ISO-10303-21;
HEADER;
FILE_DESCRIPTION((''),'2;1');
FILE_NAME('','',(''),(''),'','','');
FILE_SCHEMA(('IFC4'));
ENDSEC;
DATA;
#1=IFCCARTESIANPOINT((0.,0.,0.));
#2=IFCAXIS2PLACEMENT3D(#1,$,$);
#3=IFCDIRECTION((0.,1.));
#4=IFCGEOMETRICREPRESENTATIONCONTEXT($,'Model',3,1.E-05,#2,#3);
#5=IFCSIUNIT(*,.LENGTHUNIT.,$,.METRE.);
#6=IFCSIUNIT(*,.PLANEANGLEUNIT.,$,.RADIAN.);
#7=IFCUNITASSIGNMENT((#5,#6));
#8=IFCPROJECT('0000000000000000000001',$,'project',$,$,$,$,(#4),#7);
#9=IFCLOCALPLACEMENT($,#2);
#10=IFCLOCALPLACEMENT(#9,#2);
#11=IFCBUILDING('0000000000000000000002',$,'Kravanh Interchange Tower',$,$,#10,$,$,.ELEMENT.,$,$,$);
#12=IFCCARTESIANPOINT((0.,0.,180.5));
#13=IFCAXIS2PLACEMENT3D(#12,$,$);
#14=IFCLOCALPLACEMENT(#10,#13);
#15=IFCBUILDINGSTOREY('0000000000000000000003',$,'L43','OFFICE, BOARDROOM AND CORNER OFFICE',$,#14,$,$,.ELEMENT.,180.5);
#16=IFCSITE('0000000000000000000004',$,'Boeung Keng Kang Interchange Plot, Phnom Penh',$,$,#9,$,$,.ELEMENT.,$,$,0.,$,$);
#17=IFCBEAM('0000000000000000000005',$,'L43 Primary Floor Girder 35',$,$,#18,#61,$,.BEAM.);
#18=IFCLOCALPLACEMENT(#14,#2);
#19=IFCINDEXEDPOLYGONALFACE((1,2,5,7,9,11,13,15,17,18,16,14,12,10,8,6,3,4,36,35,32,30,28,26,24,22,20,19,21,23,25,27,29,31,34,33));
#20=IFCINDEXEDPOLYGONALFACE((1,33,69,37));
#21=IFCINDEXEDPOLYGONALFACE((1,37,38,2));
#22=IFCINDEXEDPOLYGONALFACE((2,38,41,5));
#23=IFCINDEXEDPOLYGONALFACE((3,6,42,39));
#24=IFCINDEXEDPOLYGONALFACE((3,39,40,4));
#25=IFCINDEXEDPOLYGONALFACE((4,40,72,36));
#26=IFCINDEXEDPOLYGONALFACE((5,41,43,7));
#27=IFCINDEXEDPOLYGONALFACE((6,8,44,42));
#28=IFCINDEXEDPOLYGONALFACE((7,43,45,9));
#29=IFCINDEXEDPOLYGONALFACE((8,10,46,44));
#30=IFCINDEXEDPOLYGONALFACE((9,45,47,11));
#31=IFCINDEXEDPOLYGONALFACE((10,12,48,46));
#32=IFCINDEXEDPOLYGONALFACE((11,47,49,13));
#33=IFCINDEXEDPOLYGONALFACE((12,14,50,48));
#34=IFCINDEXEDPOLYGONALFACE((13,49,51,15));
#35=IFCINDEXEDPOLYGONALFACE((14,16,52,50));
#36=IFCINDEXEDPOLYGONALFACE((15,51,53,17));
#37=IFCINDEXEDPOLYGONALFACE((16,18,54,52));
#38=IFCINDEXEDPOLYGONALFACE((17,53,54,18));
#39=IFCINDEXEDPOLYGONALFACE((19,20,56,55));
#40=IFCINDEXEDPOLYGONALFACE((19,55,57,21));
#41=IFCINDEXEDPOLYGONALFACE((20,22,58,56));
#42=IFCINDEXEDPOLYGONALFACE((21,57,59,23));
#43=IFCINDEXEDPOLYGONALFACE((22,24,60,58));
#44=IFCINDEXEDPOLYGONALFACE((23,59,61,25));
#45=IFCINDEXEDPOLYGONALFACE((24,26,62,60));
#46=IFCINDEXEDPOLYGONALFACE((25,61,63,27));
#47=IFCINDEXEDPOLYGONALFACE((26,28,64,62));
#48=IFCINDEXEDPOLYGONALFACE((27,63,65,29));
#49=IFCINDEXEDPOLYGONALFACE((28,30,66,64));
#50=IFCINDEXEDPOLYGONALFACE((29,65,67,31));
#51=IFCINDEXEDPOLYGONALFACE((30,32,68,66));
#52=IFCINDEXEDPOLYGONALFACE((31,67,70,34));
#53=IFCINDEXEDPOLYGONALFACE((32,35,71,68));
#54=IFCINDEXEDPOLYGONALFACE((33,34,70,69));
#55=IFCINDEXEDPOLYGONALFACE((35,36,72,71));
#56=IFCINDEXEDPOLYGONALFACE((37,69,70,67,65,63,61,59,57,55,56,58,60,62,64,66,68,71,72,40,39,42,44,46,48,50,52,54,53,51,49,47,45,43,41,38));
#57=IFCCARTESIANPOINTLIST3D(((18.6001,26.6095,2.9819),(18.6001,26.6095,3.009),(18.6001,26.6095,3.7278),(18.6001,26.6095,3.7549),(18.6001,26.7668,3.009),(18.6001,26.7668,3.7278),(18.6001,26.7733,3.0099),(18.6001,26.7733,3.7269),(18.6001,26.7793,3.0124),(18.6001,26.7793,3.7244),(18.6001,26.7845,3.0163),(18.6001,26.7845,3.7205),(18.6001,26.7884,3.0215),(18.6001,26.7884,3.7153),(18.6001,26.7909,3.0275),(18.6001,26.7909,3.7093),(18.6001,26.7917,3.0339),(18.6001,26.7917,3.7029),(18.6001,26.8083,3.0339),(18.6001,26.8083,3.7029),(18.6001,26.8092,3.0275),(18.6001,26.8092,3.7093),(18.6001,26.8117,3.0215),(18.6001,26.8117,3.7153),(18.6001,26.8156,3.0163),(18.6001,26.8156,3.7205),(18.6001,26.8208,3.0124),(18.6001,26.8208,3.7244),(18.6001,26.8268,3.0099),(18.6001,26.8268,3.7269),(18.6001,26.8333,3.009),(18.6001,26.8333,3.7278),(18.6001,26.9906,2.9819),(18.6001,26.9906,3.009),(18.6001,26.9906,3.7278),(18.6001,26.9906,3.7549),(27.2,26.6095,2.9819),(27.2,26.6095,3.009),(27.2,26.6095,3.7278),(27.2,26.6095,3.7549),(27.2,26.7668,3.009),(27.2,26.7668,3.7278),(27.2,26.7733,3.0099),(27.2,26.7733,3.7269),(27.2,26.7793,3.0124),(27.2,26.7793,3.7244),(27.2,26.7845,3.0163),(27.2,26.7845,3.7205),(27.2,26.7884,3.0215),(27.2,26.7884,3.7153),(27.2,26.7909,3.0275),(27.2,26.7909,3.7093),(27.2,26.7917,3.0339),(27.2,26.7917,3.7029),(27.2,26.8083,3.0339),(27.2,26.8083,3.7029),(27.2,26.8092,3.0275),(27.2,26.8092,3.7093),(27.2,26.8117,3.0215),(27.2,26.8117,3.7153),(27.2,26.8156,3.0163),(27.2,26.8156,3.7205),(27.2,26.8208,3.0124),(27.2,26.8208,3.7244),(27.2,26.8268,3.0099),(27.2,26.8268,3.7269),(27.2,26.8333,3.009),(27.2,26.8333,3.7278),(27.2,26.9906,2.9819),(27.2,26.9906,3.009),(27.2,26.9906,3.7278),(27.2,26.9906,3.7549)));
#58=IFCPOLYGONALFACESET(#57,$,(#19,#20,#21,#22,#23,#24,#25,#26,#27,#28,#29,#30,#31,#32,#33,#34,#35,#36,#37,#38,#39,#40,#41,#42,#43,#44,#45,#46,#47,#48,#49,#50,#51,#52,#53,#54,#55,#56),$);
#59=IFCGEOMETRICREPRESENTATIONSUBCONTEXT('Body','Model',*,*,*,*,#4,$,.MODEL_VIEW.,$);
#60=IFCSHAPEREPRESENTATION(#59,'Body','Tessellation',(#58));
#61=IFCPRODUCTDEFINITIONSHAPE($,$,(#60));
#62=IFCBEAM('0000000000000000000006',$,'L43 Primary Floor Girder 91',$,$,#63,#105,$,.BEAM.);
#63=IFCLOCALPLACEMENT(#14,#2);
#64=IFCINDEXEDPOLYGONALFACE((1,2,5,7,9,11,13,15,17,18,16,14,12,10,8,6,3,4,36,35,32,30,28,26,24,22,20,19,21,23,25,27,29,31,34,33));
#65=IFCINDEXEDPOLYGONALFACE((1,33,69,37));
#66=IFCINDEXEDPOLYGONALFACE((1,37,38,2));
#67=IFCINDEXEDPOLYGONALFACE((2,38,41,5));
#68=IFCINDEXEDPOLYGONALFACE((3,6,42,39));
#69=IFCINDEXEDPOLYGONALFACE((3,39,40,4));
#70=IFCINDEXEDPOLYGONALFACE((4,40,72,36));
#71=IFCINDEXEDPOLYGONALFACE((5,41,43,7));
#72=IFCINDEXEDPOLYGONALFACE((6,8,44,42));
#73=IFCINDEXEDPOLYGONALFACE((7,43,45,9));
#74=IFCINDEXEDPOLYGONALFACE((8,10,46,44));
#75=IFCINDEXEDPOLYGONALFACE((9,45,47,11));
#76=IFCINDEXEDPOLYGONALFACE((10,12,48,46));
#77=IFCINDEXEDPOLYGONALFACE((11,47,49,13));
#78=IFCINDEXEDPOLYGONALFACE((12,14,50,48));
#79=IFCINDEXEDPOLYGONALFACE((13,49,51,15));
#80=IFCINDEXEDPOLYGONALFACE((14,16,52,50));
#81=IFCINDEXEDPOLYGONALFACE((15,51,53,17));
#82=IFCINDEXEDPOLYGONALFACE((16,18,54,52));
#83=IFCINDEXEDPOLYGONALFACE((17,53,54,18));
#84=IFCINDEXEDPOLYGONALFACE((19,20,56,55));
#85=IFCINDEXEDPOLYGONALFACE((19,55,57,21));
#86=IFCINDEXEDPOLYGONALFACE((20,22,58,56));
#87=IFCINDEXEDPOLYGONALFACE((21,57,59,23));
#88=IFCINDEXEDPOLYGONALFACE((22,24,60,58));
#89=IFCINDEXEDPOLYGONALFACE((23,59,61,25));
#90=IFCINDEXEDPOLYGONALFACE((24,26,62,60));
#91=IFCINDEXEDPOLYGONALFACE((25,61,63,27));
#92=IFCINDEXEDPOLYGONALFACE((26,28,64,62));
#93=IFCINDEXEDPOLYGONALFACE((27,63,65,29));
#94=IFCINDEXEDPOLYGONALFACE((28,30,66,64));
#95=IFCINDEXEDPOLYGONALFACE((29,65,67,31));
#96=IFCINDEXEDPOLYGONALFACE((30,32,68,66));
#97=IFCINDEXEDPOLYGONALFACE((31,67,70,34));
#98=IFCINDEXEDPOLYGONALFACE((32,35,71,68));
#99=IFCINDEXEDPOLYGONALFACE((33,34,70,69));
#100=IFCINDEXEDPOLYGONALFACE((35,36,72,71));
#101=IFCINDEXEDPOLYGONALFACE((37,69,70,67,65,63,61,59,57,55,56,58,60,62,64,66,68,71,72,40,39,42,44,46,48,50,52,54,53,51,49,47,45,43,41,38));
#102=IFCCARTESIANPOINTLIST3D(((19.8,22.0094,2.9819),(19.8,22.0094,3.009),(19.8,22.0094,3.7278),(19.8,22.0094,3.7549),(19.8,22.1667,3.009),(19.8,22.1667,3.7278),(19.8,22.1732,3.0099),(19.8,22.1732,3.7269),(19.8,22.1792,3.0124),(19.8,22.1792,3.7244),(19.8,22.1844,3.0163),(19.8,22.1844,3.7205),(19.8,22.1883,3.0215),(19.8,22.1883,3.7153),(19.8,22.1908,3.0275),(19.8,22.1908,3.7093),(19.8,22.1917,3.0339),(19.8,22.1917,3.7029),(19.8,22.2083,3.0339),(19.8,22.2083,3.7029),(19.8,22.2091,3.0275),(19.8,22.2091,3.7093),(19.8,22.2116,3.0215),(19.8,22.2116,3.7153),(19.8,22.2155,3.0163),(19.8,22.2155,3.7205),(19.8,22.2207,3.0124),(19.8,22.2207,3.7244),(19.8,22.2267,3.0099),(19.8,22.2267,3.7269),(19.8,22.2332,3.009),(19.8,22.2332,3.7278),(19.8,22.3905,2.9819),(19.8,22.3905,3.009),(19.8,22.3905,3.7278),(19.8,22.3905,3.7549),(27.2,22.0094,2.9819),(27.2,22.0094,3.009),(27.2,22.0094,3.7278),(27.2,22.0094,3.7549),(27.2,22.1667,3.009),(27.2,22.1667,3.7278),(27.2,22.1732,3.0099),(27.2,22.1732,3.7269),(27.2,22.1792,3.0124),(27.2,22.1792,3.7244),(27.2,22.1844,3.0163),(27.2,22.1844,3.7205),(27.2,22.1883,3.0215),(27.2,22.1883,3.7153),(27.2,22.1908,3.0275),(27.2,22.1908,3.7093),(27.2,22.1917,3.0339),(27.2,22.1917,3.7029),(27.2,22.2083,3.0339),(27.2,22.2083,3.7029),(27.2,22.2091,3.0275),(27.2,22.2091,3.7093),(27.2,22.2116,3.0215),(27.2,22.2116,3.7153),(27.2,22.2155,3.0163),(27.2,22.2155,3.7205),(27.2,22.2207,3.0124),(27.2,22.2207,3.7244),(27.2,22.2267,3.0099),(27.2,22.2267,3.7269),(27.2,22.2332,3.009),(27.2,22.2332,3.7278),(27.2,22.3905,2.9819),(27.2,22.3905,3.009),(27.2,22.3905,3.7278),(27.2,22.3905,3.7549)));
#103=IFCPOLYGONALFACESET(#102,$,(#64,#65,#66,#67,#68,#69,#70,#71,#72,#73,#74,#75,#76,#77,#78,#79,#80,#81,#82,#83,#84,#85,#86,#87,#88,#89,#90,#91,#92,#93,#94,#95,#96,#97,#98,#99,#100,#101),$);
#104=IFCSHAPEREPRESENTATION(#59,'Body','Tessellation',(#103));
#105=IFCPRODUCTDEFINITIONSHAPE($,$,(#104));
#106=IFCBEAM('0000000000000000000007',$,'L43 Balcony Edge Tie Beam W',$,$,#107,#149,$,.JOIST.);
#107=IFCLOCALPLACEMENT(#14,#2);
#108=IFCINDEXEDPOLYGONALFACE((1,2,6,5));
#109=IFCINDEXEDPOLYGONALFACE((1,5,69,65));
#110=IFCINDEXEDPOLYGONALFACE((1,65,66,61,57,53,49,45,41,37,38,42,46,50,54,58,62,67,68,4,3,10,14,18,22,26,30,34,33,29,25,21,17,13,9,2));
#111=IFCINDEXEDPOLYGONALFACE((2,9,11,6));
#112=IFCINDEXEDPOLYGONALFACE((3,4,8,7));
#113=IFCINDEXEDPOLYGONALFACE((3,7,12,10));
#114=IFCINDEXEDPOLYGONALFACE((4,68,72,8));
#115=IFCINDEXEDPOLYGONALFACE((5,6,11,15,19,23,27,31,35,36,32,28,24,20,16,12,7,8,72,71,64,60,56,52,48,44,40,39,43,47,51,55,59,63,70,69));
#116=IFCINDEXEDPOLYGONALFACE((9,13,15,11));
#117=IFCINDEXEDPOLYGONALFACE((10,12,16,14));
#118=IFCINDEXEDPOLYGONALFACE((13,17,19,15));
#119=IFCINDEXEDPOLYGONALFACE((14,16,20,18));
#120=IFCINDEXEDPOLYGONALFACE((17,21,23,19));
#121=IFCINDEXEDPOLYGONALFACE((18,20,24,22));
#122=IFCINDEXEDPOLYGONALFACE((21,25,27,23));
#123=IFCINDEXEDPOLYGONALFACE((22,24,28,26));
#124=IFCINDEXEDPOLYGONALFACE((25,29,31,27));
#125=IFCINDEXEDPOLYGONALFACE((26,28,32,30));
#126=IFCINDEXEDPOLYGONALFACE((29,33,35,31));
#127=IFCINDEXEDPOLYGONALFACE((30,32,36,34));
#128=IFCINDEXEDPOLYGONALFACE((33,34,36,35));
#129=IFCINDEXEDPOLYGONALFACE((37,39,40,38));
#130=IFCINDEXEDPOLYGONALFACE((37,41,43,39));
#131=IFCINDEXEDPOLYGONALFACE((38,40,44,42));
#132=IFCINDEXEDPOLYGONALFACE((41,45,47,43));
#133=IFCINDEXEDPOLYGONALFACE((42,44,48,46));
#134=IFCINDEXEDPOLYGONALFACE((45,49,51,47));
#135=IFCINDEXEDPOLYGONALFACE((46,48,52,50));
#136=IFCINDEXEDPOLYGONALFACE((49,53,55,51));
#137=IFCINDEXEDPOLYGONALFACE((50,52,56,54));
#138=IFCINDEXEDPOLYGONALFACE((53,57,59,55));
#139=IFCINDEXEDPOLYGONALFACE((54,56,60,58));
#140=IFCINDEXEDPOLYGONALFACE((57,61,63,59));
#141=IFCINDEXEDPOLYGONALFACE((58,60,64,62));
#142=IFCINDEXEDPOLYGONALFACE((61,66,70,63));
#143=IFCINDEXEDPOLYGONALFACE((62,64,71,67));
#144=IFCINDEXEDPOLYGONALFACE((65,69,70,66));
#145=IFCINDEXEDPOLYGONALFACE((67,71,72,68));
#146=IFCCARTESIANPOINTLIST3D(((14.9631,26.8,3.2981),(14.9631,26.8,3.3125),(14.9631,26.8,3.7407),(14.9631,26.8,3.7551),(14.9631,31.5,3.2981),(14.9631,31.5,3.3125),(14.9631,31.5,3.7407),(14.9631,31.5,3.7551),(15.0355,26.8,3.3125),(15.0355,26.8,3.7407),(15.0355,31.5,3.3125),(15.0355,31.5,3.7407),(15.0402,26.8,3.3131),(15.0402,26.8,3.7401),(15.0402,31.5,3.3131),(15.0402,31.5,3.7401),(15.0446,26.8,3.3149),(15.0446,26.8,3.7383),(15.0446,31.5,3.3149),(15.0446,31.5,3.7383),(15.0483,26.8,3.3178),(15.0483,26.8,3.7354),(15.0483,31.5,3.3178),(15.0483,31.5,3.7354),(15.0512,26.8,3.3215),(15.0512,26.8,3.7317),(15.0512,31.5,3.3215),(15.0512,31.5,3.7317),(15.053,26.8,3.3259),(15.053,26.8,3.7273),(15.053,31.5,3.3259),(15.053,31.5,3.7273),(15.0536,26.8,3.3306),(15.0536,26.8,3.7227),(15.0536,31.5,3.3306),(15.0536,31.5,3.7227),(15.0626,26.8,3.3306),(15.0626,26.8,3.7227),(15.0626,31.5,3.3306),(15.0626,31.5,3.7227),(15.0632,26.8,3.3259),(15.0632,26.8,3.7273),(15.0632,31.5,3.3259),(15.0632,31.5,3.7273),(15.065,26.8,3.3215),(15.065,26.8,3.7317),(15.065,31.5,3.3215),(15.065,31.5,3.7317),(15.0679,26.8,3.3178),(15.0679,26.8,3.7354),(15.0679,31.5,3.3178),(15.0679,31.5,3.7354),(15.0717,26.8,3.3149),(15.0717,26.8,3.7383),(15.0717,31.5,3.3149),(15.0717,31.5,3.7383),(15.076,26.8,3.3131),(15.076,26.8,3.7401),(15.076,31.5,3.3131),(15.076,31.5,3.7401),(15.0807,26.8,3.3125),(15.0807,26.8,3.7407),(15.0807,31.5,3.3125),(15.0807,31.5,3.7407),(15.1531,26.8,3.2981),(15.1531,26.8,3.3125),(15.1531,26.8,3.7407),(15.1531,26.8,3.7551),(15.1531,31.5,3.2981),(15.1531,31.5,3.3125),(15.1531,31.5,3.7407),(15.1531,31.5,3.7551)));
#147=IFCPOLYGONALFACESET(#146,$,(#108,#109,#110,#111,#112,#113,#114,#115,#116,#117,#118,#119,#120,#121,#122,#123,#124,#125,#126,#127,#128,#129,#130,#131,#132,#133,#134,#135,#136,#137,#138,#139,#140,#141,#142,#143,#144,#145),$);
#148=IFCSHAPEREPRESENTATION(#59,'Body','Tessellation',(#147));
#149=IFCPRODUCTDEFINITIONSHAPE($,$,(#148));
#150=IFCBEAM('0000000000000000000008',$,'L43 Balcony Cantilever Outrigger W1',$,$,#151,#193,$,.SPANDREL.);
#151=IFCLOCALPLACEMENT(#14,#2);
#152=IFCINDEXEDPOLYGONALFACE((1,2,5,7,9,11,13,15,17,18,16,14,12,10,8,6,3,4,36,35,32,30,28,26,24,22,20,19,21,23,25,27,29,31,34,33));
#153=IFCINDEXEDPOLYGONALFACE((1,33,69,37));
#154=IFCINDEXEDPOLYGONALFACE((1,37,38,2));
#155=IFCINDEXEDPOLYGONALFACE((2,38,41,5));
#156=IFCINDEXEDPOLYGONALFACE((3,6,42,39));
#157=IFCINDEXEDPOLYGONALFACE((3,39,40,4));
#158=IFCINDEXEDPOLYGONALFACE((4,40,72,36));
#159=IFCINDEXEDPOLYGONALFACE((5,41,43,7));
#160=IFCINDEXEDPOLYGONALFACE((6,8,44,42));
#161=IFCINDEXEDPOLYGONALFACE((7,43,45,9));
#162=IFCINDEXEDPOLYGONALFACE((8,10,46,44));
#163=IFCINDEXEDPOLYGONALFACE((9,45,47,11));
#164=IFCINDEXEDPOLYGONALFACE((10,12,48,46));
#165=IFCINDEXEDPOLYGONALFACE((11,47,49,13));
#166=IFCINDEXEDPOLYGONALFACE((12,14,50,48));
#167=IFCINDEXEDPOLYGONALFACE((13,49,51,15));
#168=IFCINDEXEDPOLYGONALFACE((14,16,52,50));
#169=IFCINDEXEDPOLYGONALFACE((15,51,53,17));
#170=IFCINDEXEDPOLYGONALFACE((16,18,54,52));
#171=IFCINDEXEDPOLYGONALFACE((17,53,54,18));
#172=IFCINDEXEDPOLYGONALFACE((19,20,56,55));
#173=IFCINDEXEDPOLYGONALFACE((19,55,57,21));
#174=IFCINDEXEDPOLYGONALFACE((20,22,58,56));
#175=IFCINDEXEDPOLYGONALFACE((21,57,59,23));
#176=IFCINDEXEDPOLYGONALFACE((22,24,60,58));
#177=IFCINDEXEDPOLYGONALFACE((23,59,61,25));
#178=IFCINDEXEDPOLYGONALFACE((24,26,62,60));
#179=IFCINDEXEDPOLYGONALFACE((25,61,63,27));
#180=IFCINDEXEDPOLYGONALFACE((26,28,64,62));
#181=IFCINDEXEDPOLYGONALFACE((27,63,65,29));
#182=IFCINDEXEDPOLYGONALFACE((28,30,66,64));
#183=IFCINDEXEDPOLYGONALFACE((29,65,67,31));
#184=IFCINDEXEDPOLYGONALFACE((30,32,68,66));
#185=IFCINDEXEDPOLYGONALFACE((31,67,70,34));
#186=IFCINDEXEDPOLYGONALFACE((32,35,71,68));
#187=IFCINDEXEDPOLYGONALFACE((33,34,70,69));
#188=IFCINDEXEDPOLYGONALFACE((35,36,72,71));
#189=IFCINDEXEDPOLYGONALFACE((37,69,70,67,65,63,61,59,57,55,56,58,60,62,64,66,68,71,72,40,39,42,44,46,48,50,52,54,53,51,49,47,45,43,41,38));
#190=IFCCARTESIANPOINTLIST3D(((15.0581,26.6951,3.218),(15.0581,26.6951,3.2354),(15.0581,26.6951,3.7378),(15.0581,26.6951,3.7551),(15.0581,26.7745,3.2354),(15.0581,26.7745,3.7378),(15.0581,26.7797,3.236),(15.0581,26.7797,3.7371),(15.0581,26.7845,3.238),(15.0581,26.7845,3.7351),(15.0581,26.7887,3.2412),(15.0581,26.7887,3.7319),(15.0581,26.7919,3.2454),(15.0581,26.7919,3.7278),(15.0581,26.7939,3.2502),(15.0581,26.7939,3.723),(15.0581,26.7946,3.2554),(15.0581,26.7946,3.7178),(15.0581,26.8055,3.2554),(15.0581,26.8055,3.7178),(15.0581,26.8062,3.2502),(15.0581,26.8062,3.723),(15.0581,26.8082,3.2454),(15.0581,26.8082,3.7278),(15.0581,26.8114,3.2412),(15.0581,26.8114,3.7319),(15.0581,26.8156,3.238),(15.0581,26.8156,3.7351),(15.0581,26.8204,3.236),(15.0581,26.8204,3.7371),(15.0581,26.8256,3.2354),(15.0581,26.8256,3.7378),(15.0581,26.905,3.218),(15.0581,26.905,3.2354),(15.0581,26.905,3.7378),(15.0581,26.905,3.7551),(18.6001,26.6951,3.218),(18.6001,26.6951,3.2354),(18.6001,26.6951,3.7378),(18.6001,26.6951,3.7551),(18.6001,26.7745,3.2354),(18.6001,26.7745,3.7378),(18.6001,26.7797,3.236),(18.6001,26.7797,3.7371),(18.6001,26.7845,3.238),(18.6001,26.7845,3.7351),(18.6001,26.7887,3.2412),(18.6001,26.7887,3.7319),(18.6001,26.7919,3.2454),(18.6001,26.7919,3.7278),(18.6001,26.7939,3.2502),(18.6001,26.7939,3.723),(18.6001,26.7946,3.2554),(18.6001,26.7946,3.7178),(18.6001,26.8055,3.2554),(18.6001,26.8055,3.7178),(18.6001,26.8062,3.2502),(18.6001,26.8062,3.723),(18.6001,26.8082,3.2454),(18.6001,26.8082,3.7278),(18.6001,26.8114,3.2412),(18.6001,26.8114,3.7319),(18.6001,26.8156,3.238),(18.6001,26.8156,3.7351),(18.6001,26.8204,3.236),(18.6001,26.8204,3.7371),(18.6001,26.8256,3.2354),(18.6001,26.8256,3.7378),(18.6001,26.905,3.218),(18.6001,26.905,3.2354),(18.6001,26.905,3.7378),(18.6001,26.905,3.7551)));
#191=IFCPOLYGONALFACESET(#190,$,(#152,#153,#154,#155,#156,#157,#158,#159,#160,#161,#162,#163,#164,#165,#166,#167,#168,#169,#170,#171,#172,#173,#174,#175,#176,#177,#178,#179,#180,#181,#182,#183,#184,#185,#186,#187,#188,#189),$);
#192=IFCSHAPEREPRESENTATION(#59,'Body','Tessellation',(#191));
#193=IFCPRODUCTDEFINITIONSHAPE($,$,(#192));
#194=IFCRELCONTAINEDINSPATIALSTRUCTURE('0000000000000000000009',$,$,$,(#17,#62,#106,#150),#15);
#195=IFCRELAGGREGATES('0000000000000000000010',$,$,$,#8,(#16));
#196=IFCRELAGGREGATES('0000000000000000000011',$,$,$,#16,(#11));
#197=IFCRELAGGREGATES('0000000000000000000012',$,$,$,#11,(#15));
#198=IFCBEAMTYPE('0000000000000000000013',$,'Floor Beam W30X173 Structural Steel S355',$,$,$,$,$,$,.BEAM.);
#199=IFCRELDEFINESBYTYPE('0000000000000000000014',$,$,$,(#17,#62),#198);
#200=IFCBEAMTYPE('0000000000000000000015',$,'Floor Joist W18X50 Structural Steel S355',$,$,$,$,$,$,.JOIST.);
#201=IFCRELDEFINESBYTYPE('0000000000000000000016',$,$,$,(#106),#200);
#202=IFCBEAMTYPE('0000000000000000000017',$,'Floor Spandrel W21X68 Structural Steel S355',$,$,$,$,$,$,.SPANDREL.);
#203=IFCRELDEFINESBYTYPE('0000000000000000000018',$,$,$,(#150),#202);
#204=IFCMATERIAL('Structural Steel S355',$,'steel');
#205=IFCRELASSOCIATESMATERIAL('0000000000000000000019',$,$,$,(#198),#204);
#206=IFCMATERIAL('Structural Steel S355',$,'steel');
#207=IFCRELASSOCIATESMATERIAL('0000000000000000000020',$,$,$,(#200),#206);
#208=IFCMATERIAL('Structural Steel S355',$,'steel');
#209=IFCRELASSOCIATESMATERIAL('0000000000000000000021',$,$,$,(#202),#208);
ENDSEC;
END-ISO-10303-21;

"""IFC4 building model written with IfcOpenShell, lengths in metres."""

from ifc_helpers import new_model, si_unit, direction, frame, origin, origin_2d, place, context, subcontext, project, spatial, i_section, extrude, material, material_profile, profile_set, type_object, element, save


model = new_model("IFC4")

# Units and contexts
model_context = context("Model", 3, precision=1e-05, world=origin(), true_north=direction((0.0, 1.0)))
body_context = subcontext(model_context, "Body", "Model", "MODEL_VIEW")
ifc_project = project(units=[si_unit("LENGTHUNIT", "METRE"), si_unit("PLANEANGLEUNIT", "RADIAN")], contexts=[model_context])

# Site, building, storey
site_placement = place(None, origin())
site = spatial("IfcSite", under=ifc_project, at=site_placement, Name="Boeung Keng Kang Interchange Plot, Phnom Penh", CompositionType="ELEMENT", RefElevation=0.0)
building_placement = place(site_placement, origin())
building = spatial("IfcBuilding", under=site, at=building_placement, Name="Kravanh Interchange Tower", CompositionType="ELEMENT")
storey_placement = place(building_placement, frame((0.0, 0.0, 180.5)))
storey = spatial("IfcBuildingStorey", under=building, at=storey_placement, Name="L43", Description="OFFICE, BOARDROOM AND CORNER OFFICE", CompositionType="ELEMENT", Elevation=180.5)

# Beams
ifc_material_1 = material(Name="Structural Steel S355", Category="steel")
ifc_material_profile_1 = material_profile(ifc_material_1, i_section(OverallWidth=0.3811, OverallDepth=0.7729, WebThickness=0.0166, FlangeThickness=0.0271, FilletRadius=0.0249, at=origin_2d()), Name="W30X173")
ifc_profile_set_1 = profile_set([ifc_material_profile_1], Name="Structural Steel S355")
beam_type_1 = type_object("IfcBeamType", Name="Floor Beam W30X173 Structural Steel S355", PredefinedType="BEAM", material=ifc_profile_set_1)
beam_1_placement = place(storey_placement, frame((18.6001, 26.8, 3.3684), z_axis=(1.0, 0.0, 0.0), x_axis=(0.0, 1.0, 0.0)))
element("IfcBeam", 1, at=beam_1_placement, inside=storey, type_object=beam_type_1, Name="L43 Primary Floor Girder 35", PredefinedType="BEAM", context=body_context, shape_type="SweptSolid", body=[
    extrude(i_section(OverallWidth=0.3811, OverallDepth=0.7729, WebThickness=0.0166, FlangeThickness=0.0271, FilletRadius=0.0249, at=origin_2d()), origin(), (0.0, 0.0, 1.0), 8.5999),
])
beam_2_placement = place(storey_placement, frame((19.8, 22.2, 3.3684), z_axis=(1.0, 0.0, 0.0), x_axis=(0.0, 1.0, 0.0)))
element("IfcBeam", 2, at=beam_2_placement, inside=storey, type_object=beam_type_1, Name="L43 Primary Floor Girder 91", PredefinedType="BEAM", context=body_context, shape_type="SweptSolid", body=[
    extrude(i_section(OverallWidth=0.3811, OverallDepth=0.7729, WebThickness=0.0166, FlangeThickness=0.0271, FilletRadius=0.0249, at=origin_2d()), origin(), (0.0, 0.0, 1.0), 7.3999),
])
ifc_material_2 = material(Name="Structural Steel S355", Category="steel")
ifc_material_profile_2 = material_profile(ifc_material_2, i_section(OverallWidth=0.1899, OverallDepth=0.457, WebThickness=0.009, FlangeThickness=0.0144, FilletRadius=0.0181, at=origin_2d()), Name="W18X50")
ifc_profile_set_2 = profile_set([ifc_material_profile_2], Name="Structural Steel S355")
beam_type_2 = type_object("IfcBeamType", Name="Floor Joist W18X50 Structural Steel S355", PredefinedType="JOIST", material=ifc_profile_set_2)
beam_3_placement = place(storey_placement, frame((15.0581, 26.8, 3.5266), z_axis=(0.0, 1.0, 0.0), x_axis=(-1.0, 0.0, 0.0)))
element("IfcBeam", 3, at=beam_3_placement, inside=storey, type_object=beam_type_2, Name="L43 Balcony Edge Tie Beam W", PredefinedType="JOIST", context=body_context, shape_type="SweptSolid", body=[
    extrude(i_section(OverallWidth=0.1899, OverallDepth=0.457, WebThickness=0.009, FlangeThickness=0.0144, FilletRadius=0.0181, at=origin_2d()), origin(), (0.0, 0.0, 1.0), 4.7),
])
ifc_material_3 = material(Name="Structural Steel S355", Category="steel")
ifc_material_profile_3 = material_profile(ifc_material_3, i_section(OverallWidth=0.21, OverallDepth=0.5371, WebThickness=0.011, FlangeThickness=0.0173, FilletRadius=0.02, at=origin_2d()), Name="W21X68")
ifc_profile_set_3 = profile_set([ifc_material_profile_3], Name="Structural Steel S355")
beam_type_3 = type_object("IfcBeamType", Name="Floor Spandrel W21X68 Structural Steel S355", PredefinedType="SPANDREL", material=ifc_profile_set_3)
beam_4_placement = place(storey_placement, frame((18.6001, 26.8, 3.4866), z_axis=(-1.0, 0.0, 0.0), x_axis=(0.0, -1.0, 0.0)))
element("IfcBeam", 4, at=beam_4_placement, inside=storey, type_object=beam_type_3, Name="L43 Balcony Cantilever Outrigger W1", PredefinedType="SPANDREL", context=body_context, shape_type="SweptSolid", body=[
    extrude(i_section(OverallWidth=0.21, OverallDepth=0.5371, WebThickness=0.011, FlangeThickness=0.0173, FilletRadius=0.02, at=origin_2d()), origin(), (0.0, 0.0, 1.0), 3.542),
])

save(model, "model.ifc")
